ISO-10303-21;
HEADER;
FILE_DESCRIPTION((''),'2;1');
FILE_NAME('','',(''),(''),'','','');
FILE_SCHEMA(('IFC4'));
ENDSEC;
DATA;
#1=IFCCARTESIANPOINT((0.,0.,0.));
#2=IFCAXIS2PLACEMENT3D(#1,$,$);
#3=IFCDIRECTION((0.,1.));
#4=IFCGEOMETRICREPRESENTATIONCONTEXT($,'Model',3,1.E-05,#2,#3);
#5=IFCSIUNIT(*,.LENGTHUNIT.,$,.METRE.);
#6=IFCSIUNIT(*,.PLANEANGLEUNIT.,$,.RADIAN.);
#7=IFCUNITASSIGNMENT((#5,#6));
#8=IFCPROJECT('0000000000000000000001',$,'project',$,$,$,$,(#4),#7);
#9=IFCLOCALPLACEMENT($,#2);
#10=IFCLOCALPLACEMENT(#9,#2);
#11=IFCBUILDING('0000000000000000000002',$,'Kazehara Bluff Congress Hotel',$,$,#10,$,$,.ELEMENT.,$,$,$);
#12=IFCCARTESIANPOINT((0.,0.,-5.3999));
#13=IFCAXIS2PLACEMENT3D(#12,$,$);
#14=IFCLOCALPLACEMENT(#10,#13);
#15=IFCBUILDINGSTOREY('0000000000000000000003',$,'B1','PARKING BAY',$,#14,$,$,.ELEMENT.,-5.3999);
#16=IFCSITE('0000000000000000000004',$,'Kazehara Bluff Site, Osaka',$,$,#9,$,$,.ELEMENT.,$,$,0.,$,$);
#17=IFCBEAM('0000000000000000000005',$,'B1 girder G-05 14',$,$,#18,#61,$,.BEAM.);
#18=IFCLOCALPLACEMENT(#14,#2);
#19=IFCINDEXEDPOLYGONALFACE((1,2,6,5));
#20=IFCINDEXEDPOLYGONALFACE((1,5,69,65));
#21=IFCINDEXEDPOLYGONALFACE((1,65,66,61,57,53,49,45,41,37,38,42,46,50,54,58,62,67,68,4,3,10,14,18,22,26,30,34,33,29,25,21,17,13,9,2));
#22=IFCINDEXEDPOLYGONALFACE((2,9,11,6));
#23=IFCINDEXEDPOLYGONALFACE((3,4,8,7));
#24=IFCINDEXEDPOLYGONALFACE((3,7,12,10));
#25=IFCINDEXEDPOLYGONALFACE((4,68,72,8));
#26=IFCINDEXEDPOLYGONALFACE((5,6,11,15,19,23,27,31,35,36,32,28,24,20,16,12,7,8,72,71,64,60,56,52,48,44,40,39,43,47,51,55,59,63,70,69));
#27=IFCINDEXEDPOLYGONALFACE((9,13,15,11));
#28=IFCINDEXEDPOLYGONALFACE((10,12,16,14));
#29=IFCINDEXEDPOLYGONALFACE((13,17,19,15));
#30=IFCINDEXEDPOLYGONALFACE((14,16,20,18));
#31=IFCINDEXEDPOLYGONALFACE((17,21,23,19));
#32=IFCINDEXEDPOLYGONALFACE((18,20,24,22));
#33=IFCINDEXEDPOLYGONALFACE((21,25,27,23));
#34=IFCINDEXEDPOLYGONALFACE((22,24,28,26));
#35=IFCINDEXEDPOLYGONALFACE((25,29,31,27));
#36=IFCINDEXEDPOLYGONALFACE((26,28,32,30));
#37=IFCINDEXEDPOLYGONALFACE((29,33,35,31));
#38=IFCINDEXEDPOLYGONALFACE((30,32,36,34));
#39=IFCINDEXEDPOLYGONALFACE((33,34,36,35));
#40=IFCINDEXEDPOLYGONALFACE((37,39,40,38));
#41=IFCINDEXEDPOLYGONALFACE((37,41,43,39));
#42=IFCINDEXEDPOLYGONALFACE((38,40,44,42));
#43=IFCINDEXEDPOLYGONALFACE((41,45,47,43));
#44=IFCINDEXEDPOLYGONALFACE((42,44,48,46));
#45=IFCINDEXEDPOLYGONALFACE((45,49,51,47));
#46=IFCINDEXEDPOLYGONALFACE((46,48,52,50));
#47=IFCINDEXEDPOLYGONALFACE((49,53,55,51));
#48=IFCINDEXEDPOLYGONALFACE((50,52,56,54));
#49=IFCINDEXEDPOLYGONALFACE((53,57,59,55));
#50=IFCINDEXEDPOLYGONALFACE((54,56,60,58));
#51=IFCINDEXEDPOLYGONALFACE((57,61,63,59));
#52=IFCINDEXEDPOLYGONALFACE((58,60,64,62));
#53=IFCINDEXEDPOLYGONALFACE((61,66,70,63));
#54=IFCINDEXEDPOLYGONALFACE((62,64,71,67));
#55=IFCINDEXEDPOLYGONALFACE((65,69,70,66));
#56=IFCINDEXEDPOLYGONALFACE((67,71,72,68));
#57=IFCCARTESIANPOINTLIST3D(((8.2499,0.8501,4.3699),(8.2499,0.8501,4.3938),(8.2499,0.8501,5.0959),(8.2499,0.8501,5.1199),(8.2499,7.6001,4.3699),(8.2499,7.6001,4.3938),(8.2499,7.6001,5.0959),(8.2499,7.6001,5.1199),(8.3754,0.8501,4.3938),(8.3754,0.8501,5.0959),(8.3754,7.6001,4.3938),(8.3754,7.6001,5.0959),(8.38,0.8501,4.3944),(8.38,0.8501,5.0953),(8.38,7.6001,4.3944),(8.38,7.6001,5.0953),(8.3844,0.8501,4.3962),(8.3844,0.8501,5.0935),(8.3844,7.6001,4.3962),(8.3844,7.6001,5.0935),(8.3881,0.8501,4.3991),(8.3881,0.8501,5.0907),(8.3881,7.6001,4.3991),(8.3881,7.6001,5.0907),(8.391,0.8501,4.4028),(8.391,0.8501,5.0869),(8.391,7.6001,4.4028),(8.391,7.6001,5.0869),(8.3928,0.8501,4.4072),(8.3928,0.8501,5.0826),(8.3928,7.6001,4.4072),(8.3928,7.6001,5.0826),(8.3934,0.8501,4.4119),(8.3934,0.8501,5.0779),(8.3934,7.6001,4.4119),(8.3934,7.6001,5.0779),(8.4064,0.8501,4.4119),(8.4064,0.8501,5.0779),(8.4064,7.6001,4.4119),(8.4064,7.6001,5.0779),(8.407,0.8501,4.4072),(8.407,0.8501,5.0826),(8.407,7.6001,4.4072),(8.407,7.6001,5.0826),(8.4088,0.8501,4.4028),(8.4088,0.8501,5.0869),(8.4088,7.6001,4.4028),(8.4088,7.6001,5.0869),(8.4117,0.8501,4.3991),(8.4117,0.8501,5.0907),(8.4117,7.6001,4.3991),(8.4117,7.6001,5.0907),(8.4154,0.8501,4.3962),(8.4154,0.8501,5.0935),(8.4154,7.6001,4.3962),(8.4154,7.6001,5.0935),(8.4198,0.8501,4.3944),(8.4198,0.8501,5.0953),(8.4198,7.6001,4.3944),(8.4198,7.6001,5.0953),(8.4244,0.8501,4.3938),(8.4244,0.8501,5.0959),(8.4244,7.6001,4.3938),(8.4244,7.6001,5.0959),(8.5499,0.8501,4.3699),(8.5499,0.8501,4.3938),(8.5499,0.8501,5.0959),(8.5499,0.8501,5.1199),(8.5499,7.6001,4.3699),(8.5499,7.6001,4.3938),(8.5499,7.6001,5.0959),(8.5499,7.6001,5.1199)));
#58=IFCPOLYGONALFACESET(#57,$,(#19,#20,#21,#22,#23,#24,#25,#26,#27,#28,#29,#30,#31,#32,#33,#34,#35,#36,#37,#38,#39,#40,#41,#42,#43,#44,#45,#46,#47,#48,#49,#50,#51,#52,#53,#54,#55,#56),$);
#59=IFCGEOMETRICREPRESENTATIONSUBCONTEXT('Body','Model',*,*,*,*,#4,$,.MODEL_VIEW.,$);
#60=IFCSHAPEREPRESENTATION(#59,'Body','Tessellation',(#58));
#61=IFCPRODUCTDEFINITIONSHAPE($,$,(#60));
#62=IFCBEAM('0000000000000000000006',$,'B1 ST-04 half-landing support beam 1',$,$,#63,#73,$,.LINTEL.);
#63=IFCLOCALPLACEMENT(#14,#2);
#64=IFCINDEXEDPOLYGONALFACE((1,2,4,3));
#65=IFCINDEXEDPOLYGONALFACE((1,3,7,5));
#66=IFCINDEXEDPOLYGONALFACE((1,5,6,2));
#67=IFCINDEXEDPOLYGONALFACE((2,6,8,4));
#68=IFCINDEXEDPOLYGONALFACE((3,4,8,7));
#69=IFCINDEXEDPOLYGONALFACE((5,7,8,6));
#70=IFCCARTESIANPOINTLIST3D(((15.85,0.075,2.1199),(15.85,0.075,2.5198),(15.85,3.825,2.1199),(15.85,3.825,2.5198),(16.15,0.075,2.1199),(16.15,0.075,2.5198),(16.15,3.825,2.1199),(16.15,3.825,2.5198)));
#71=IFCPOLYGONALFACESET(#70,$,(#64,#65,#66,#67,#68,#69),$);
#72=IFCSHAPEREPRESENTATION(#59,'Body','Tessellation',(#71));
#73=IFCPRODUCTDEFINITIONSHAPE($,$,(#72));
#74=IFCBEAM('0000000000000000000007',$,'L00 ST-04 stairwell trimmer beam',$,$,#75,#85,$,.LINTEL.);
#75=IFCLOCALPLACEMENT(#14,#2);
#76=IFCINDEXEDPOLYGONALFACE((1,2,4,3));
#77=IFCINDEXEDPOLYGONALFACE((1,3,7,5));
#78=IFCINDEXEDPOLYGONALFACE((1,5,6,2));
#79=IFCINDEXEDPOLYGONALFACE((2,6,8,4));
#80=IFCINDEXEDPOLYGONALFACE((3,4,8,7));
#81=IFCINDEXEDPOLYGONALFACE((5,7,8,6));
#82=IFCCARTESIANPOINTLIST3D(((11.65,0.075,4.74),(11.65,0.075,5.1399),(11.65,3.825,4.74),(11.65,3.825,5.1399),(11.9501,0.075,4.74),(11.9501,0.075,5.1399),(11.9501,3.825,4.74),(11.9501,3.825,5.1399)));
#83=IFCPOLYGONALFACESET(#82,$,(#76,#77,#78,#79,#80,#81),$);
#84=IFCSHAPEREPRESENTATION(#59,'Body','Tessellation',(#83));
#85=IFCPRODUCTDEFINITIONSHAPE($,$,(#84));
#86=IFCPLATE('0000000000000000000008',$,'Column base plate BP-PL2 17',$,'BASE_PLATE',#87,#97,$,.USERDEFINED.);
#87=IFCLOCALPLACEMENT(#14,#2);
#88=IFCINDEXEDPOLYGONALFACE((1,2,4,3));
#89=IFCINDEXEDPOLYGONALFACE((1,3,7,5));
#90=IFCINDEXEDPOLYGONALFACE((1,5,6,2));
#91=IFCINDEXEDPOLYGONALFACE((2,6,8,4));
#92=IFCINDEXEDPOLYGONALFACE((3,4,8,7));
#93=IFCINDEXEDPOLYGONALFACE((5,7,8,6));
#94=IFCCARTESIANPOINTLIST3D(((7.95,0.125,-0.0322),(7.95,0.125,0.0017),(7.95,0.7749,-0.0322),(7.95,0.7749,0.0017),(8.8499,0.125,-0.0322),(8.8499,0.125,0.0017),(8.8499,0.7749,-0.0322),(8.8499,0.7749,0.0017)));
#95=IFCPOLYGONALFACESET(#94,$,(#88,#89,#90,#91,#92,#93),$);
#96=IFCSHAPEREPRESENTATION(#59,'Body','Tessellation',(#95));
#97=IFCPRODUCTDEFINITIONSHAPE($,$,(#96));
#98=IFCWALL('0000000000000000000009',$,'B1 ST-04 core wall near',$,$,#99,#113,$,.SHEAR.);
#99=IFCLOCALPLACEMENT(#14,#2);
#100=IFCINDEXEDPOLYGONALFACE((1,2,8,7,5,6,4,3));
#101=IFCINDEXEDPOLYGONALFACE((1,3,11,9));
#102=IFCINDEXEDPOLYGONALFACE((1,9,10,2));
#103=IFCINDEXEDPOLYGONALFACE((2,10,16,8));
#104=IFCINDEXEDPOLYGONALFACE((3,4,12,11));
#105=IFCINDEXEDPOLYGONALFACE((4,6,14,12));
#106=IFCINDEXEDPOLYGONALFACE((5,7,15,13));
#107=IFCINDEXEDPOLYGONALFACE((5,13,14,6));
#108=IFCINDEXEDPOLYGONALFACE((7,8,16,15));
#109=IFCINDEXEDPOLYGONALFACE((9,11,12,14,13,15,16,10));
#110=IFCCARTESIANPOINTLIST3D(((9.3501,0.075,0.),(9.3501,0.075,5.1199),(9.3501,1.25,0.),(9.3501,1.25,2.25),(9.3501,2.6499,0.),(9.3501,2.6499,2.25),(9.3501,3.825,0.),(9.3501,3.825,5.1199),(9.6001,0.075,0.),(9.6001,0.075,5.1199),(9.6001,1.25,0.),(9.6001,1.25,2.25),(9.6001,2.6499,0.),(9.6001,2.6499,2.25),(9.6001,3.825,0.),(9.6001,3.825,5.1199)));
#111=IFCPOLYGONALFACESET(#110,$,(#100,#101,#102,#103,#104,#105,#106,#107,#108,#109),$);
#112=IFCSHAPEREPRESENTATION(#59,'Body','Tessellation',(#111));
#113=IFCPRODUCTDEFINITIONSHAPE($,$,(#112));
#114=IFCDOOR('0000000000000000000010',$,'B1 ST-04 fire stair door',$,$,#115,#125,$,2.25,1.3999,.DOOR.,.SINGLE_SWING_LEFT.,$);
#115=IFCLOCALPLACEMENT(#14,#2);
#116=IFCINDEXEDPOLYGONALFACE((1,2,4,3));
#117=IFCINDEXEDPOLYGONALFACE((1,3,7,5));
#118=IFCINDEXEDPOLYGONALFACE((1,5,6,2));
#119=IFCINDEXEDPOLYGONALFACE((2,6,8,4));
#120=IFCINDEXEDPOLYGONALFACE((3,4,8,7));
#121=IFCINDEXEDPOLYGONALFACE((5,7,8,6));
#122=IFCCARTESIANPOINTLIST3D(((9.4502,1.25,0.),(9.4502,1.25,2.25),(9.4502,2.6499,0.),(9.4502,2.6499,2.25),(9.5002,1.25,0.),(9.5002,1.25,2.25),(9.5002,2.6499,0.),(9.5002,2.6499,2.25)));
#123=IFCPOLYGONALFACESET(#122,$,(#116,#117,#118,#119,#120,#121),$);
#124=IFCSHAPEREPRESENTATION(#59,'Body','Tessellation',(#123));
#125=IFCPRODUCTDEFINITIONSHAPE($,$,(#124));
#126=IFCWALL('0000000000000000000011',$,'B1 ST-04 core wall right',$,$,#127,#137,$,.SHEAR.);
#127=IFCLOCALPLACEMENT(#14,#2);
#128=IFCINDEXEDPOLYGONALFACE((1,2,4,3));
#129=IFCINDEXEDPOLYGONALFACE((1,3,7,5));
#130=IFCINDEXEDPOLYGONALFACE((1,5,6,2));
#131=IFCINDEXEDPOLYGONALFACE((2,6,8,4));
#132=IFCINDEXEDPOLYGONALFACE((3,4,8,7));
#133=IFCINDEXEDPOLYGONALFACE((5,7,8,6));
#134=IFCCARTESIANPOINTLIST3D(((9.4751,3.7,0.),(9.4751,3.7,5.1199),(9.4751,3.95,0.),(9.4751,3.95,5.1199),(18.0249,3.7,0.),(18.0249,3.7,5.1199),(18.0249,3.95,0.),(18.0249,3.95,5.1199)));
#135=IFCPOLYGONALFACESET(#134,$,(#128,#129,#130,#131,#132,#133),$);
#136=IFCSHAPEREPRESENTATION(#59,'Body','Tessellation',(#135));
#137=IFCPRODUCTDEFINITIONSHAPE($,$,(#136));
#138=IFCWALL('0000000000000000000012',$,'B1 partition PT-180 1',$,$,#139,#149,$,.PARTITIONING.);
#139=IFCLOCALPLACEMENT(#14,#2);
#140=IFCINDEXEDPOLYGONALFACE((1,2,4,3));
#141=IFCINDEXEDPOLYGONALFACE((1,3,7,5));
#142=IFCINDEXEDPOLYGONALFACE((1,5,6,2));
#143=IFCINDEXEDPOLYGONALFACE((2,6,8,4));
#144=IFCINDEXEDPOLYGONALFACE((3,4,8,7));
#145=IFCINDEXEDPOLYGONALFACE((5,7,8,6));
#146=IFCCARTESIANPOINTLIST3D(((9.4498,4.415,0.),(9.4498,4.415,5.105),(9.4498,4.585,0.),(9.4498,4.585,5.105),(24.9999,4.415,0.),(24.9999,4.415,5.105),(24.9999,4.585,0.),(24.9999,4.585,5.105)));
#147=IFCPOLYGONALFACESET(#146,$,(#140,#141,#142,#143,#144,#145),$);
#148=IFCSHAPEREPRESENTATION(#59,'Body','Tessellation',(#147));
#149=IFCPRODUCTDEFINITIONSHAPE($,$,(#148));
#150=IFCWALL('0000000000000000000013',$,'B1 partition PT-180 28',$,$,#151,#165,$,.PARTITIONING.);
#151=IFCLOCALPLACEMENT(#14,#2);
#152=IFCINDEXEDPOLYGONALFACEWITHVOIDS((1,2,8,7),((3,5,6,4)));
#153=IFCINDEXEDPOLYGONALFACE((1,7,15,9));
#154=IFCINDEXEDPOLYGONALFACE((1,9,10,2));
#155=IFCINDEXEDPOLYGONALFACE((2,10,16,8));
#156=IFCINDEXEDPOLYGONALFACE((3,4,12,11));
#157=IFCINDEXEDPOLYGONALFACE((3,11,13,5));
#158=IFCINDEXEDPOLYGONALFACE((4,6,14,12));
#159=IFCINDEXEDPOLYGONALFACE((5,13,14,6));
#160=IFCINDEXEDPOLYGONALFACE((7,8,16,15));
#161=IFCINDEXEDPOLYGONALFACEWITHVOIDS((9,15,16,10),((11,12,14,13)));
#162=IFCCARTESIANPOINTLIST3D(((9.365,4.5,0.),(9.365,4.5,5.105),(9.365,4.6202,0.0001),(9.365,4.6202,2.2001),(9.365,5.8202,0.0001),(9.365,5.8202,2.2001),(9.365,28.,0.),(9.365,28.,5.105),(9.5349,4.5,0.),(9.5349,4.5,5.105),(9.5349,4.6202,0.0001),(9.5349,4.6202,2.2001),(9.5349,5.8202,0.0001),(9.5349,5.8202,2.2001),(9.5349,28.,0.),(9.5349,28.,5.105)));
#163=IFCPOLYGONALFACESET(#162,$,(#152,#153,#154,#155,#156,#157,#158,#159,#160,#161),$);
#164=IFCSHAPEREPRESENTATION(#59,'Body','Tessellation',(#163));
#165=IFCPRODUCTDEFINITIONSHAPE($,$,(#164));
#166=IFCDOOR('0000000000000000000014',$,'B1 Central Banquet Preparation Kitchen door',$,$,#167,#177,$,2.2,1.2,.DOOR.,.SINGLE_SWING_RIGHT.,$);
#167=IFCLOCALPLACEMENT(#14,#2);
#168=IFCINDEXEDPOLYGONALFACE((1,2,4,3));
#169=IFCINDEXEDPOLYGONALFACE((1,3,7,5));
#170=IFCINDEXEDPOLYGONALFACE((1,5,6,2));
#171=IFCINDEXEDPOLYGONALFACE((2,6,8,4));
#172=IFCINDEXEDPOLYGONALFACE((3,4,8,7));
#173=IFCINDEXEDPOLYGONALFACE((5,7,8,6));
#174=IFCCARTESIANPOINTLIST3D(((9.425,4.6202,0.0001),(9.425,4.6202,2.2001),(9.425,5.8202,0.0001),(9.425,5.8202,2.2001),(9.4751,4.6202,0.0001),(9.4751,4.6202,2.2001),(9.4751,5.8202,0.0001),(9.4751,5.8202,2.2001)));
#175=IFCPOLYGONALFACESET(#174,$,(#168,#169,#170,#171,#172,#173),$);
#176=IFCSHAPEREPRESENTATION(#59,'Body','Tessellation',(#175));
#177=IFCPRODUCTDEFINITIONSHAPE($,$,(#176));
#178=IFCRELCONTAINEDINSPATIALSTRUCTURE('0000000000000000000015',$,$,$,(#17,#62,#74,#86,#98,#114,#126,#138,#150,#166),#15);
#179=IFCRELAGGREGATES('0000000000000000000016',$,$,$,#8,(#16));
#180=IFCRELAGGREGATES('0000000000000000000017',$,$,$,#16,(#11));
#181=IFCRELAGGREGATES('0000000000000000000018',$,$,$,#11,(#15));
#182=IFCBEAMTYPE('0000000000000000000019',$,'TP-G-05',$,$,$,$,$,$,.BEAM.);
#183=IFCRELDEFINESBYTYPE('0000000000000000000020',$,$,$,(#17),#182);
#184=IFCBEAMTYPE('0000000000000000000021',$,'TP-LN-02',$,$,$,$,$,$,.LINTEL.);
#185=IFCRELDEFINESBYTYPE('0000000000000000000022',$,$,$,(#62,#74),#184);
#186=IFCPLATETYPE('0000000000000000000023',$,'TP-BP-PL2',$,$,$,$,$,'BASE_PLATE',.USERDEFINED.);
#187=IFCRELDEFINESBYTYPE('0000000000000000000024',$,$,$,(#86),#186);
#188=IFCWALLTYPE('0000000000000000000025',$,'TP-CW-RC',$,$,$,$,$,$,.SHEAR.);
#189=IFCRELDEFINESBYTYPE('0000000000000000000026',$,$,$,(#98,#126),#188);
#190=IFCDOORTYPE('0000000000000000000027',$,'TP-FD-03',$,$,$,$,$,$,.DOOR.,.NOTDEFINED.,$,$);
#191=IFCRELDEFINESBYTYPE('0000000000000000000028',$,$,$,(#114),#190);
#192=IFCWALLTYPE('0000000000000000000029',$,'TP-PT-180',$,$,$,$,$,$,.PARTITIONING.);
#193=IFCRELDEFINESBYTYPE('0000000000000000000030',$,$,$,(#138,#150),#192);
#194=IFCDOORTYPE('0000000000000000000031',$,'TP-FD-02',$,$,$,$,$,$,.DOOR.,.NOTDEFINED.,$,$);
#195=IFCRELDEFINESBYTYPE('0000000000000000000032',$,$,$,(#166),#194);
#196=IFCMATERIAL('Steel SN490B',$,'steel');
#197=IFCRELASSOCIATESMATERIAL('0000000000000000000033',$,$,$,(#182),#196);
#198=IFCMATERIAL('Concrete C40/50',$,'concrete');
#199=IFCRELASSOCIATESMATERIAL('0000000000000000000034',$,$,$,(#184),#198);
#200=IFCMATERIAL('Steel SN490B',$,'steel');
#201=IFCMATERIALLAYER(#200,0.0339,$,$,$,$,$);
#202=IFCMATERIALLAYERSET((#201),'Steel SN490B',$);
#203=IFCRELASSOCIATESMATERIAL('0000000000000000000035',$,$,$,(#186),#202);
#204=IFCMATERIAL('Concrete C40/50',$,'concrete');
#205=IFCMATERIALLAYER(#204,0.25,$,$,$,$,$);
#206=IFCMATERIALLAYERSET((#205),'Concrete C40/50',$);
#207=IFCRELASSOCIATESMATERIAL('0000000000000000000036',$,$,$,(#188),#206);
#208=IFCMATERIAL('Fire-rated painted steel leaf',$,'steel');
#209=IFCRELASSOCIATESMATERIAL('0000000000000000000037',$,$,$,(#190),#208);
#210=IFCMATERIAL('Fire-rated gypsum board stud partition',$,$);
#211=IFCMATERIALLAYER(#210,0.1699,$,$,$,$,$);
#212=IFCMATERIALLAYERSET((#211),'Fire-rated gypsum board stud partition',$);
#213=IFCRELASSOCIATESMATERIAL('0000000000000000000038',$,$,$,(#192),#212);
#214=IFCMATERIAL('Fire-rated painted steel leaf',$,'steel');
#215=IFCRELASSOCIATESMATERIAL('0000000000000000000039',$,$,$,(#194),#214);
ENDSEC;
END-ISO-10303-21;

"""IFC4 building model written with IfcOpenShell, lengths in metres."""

from ifc_helpers import new_model, si_unit, direction, frame, frame_2d, origin, origin_2d, place, context, subcontext, project, spatial, rectangle, i_section, extrude, material, layer, layer_set, material_profile, profile_set, type_object, element, fill, save


model = new_model("IFC4")

# Units and contexts
model_context = context("Model", 3, precision=1e-05, world=origin(), true_north=direction((0.0, 1.0)))
body_context = subcontext(model_context, "Body", "Model", "MODEL_VIEW")
ifc_project = project(units=[si_unit("LENGTHUNIT", "METRE"), si_unit("PLANEANGLEUNIT", "RADIAN")], contexts=[model_context])

# Site, building, storey
site_placement = place(None, origin())
site = spatial("IfcSite", under=ifc_project, at=site_placement, Name="Kazehara Bluff Site, Osaka", CompositionType="ELEMENT", RefElevation=0.0)
building_placement = place(site_placement, origin())
building = spatial("IfcBuilding", under=site, at=building_placement, Name="Kazehara Bluff Congress Hotel", CompositionType="ELEMENT")
storey_placement = place(building_placement, frame((0.0, 0.0, -5.3999)))
storey = spatial("IfcBuildingStorey", under=building, at=storey_placement, Name="B1", Description="PARKING BAY", CompositionType="ELEMENT", Elevation=-5.3999)

# Beams
ifc_material_1 = material(Name="Steel SN490B", Category="steel")
ifc_material_profile_1 = material_profile(ifc_material_1, i_section(OverallWidth=0.3, OverallDepth=0.75, WebThickness=0.0129, FlangeThickness=0.0239, FilletRadius=0.0181, at=origin_2d()))
ifc_profile_set_1 = profile_set([ifc_material_profile_1], Name="Steel SN490B")
beam_type_1 = type_object("IfcBeamType", Name="TP-G-05", PredefinedType="BEAM", material=ifc_profile_set_1)
for number, where, z_axis, x_axis, name in (
    (1, (8.3999, 0.8501, 4.7449), (0.0, 1.0, 0.0), (-1.0, 0.0, 0.0), "B1 girder G-05 14"),
):
    element("IfcBeam", number, at=place(storey_placement, frame(where, z_axis=z_axis, x_axis=x_axis)), inside=storey, type_object=beam_type_1, Name=name, PredefinedType="BEAM", context=body_context, shape_type="SweptSolid", body=[
        extrude(i_section(OverallWidth=0.3, OverallDepth=0.75, WebThickness=0.0129, FlangeThickness=0.0239, FilletRadius=0.0181, at=origin_2d()), origin(), (0.0, 0.0, 1.0), 6.75),
    ])
ifc_material_2 = material(Name="Concrete C40/50", Category="concrete")
ifc_material_profile_2 = material_profile(ifc_material_2, rectangle(XDim=0.3, YDim=0.3999, at=origin_2d()))
ifc_profile_set_2 = profile_set([ifc_material_profile_2], Name="Concrete C40/50")
beam_type_2 = type_object("IfcBeamType", Name="TP-LN-02", PredefinedType="LINTEL", material=ifc_profile_set_2)
for number, where, z_axis, x_axis, name in (
    (2, (16.0, 0.075, 2.3198), (0.0, 1.0, 0.0), (-1.0, 0.0, 0.0), "B1 ST-04 half-landing support beam 1"),
    (3, (11.8, 0.075, 4.9399), (0.0, 1.0, 0.0), (-1.0, 0.0, 0.0), "L00 ST-04 stairwell trimmer beam"),
):
    element("IfcBeam", number, at=place(storey_placement, frame(where, z_axis=z_axis, x_axis=x_axis)), inside=storey, type_object=beam_type_2, Name=name, PredefinedType="LINTEL", context=body_context, shape_type="SweptSolid", body=[
        extrude(rectangle(XDim=0.3, YDim=0.3999, at=origin_2d()), origin(), (0.0, 0.0, 1.0), 3.75),
    ])

# Plate
ifc_material_3 = material(Name="Steel SN490B", Category="steel")
ifc_layer_1 = layer(ifc_material_3, 0.0339)
ifc_layer_set_1 = layer_set([ifc_layer_1], Name="Steel SN490B")
plate_type = type_object("IfcPlateType", Name="TP-BP-PL2", ElementType="BASE_PLATE", PredefinedType="USERDEFINED", material=ifc_layer_set_1)
plate_placement = place(storey_placement, frame((8.3999, 0.45, -0.0322), z_axis=(0.0, 0.0, 1.0), x_axis=(1.0, 0.0, 0.0)))
element("IfcPlate", 4, at=plate_placement, inside=storey, type_object=plate_type, Name="Column base plate BP-PL2 17", ObjectType="BASE_PLATE", PredefinedType="USERDEFINED", context=body_context, shape_type="SweptSolid", body=[
    extrude(rectangle(XDim=0.8999, YDim=0.6499, at=origin_2d()), origin(), (0.0, 0.0, 1.0), 0.0339),
])

# Wall, opening, door
ifc_material_4 = material(Name="Concrete C40/50", Category="concrete")
ifc_layer_2 = layer(ifc_material_4, 0.25)
ifc_layer_set_2 = layer_set([ifc_layer_2], Name="Concrete C40/50")
wall_type_1 = type_object("IfcWallType", Name="TP-CW-RC", PredefinedType="SHEAR", material=ifc_layer_set_2)
wall_1_placement = place(storey_placement, frame((9.4751, 0.075, 0.0), z_axis=(0.0, 0.0, 1.0), x_axis=(0.0, 1.0, 0.0)))
wall_1 = element("IfcWall", 5, at=wall_1_placement, inside=storey, type_object=wall_type_1, Name="B1 ST-04 core wall near", PredefinedType="SHEAR", context=body_context, shape_type="SweptSolid", body=[
    extrude(rectangle(XDim=3.75, YDim=0.25, at=frame_2d((1.875, 0.0))), origin(), (0.0, 0.0, 1.0), 5.1199),
])
opening_1_placement = place(wall_1_placement, frame((1.175, 0.0, 0.0)))
opening_1 = element("IfcOpeningElement", 6, at=opening_1_placement, cuts=wall_1, PredefinedType="OPENING", context=body_context, shape_type="SweptSolid", body=[
    extrude(rectangle(XDim=1.3999, YDim=2.25, at=frame_2d((0.7, 1.125))), frame((0.0, 0.135, 0.0), z_axis=(0.0, -1.0, 0.0), x_axis=(1.0, 0.0, 0.0)), (0.0, 0.0, 1.0), 0.27),
])
ifc_material_5 = material(Name="Fire-rated painted steel leaf", Category="steel")
door_type_1 = type_object("IfcDoorType", Name="TP-FD-03", OperationType="NOTDEFINED", PredefinedType="DOOR", material=ifc_material_5)
door_1_placement = place(opening_1_placement, origin())
door_1 = element("IfcDoor", 7, at=door_1_placement, inside=storey, type_object=door_type_1, Name="B1 ST-04 fire stair door", OperationType="SINGLE_SWING_LEFT", OverallHeight=2.25, OverallWidth=1.3999, PredefinedType="DOOR", context=body_context, shape_type="SweptSolid", body=[
    extrude(rectangle(XDim=1.3999, YDim=2.25, at=frame_2d((0.7, 1.125))), frame((0.0, 0.0249, 0.0), z_axis=(0.0, -1.0, 0.0), x_axis=(1.0, 0.0, 0.0)), (0.0, 0.0, 1.0), 0.05),
])
fill(opening_1, door_1)

# Walls
wall_2_placement = place(storey_placement, frame((9.4751, 3.825, 0.0), z_axis=(0.0, 0.0, 1.0), x_axis=(1.0, 0.0, 0.0)))
element("IfcWall", 8, at=wall_2_placement, inside=storey, type_object=wall_type_1, Name="B1 ST-04 core wall right", PredefinedType="SHEAR", context=body_context, shape_type="SweptSolid", body=[
    extrude(rectangle(XDim=8.5498, YDim=0.25, at=frame_2d((4.2749, 0.0))), origin(), (0.0, 0.0, 1.0), 5.1199),
])
ifc_material_6 = material(Name="Fire-rated gypsum board stud partition")
ifc_layer_3 = layer(ifc_material_6, 0.1699)
ifc_layer_set_3 = layer_set([ifc_layer_3], Name="Fire-rated gypsum board stud partition")
wall_type_2 = type_object("IfcWallType", Name="TP-PT-180", PredefinedType="PARTITIONING", material=ifc_layer_set_3)
wall_3_placement = place(storey_placement, frame((9.45, 4.5, 0.0), z_axis=(0.0, 0.0, 1.0), x_axis=(1.0, 0.0, 0.0)))
element("IfcWall", 9, at=wall_3_placement, inside=storey, type_object=wall_type_2, Name="B1 partition PT-180 1", PredefinedType="PARTITIONING", context=body_context, shape_type="SweptSolid", body=[
    extrude(rectangle(XDim=15.55, YDim=0.1699, at=frame_2d((7.7749, 0.0))), origin(), (0.0, 0.0, 1.0), 5.105),
])

# Wall, opening, door
wall_4_placement = place(storey_placement, frame((9.45, 4.5, 0.0), z_axis=(0.0, 0.0, 1.0), x_axis=(0.0, 1.0, 0.0)))
wall_4 = element("IfcWall", 10, at=wall_4_placement, inside=storey, type_object=wall_type_2, Name="B1 partition PT-180 28", PredefinedType="PARTITIONING", context=body_context, shape_type="SweptSolid", body=[
    extrude(rectangle(XDim=23.5, YDim=0.1699, at=frame_2d((11.75, 0.0))), origin(), (0.0, 0.0, 1.0), 5.105),
])
opening_2_placement = place(wall_4_placement, frame((0.1201, 0.0, 0.0)))
opening_2 = element("IfcOpeningElement", 11, at=opening_2_placement, cuts=wall_4, PredefinedType="OPENING", context=body_context, shape_type="SweptSolid", body=[
    extrude(rectangle(XDim=1.2, YDim=2.2, at=frame_2d((0.6001, 1.1001))), frame((0.0, 0.095, 0.0), z_axis=(0.0, -1.0, 0.0), x_axis=(1.0, 0.0, 0.0)), (0.0, 0.0, 1.0), 0.1899),
])
ifc_material_7 = material(Name="Fire-rated painted steel leaf", Category="steel")
door_type_2 = type_object("IfcDoorType", Name="TP-FD-02", OperationType="NOTDEFINED", PredefinedType="DOOR", material=ifc_material_7)
door_2_placement = place(opening_2_placement, origin())
door_2 = element("IfcDoor", 12, at=door_2_placement, inside=storey, type_object=door_type_2, Name="B1 Central Banquet Preparation Kitchen door", OperationType="SINGLE_SWING_RIGHT", OverallHeight=2.2, OverallWidth=1.2, PredefinedType="DOOR", context=body_context, shape_type="SweptSolid", body=[
    extrude(rectangle(XDim=1.2, YDim=2.2, at=frame_2d((0.6001, 1.1001))), frame((0.0, 0.0249, 0.0), z_axis=(0.0, -1.0, 0.0), x_axis=(1.0, 0.0, 0.0)), (0.0, 0.0, 1.0), 0.05),
])
fill(opening_2, door_2)

save(model, "model.ifc")
